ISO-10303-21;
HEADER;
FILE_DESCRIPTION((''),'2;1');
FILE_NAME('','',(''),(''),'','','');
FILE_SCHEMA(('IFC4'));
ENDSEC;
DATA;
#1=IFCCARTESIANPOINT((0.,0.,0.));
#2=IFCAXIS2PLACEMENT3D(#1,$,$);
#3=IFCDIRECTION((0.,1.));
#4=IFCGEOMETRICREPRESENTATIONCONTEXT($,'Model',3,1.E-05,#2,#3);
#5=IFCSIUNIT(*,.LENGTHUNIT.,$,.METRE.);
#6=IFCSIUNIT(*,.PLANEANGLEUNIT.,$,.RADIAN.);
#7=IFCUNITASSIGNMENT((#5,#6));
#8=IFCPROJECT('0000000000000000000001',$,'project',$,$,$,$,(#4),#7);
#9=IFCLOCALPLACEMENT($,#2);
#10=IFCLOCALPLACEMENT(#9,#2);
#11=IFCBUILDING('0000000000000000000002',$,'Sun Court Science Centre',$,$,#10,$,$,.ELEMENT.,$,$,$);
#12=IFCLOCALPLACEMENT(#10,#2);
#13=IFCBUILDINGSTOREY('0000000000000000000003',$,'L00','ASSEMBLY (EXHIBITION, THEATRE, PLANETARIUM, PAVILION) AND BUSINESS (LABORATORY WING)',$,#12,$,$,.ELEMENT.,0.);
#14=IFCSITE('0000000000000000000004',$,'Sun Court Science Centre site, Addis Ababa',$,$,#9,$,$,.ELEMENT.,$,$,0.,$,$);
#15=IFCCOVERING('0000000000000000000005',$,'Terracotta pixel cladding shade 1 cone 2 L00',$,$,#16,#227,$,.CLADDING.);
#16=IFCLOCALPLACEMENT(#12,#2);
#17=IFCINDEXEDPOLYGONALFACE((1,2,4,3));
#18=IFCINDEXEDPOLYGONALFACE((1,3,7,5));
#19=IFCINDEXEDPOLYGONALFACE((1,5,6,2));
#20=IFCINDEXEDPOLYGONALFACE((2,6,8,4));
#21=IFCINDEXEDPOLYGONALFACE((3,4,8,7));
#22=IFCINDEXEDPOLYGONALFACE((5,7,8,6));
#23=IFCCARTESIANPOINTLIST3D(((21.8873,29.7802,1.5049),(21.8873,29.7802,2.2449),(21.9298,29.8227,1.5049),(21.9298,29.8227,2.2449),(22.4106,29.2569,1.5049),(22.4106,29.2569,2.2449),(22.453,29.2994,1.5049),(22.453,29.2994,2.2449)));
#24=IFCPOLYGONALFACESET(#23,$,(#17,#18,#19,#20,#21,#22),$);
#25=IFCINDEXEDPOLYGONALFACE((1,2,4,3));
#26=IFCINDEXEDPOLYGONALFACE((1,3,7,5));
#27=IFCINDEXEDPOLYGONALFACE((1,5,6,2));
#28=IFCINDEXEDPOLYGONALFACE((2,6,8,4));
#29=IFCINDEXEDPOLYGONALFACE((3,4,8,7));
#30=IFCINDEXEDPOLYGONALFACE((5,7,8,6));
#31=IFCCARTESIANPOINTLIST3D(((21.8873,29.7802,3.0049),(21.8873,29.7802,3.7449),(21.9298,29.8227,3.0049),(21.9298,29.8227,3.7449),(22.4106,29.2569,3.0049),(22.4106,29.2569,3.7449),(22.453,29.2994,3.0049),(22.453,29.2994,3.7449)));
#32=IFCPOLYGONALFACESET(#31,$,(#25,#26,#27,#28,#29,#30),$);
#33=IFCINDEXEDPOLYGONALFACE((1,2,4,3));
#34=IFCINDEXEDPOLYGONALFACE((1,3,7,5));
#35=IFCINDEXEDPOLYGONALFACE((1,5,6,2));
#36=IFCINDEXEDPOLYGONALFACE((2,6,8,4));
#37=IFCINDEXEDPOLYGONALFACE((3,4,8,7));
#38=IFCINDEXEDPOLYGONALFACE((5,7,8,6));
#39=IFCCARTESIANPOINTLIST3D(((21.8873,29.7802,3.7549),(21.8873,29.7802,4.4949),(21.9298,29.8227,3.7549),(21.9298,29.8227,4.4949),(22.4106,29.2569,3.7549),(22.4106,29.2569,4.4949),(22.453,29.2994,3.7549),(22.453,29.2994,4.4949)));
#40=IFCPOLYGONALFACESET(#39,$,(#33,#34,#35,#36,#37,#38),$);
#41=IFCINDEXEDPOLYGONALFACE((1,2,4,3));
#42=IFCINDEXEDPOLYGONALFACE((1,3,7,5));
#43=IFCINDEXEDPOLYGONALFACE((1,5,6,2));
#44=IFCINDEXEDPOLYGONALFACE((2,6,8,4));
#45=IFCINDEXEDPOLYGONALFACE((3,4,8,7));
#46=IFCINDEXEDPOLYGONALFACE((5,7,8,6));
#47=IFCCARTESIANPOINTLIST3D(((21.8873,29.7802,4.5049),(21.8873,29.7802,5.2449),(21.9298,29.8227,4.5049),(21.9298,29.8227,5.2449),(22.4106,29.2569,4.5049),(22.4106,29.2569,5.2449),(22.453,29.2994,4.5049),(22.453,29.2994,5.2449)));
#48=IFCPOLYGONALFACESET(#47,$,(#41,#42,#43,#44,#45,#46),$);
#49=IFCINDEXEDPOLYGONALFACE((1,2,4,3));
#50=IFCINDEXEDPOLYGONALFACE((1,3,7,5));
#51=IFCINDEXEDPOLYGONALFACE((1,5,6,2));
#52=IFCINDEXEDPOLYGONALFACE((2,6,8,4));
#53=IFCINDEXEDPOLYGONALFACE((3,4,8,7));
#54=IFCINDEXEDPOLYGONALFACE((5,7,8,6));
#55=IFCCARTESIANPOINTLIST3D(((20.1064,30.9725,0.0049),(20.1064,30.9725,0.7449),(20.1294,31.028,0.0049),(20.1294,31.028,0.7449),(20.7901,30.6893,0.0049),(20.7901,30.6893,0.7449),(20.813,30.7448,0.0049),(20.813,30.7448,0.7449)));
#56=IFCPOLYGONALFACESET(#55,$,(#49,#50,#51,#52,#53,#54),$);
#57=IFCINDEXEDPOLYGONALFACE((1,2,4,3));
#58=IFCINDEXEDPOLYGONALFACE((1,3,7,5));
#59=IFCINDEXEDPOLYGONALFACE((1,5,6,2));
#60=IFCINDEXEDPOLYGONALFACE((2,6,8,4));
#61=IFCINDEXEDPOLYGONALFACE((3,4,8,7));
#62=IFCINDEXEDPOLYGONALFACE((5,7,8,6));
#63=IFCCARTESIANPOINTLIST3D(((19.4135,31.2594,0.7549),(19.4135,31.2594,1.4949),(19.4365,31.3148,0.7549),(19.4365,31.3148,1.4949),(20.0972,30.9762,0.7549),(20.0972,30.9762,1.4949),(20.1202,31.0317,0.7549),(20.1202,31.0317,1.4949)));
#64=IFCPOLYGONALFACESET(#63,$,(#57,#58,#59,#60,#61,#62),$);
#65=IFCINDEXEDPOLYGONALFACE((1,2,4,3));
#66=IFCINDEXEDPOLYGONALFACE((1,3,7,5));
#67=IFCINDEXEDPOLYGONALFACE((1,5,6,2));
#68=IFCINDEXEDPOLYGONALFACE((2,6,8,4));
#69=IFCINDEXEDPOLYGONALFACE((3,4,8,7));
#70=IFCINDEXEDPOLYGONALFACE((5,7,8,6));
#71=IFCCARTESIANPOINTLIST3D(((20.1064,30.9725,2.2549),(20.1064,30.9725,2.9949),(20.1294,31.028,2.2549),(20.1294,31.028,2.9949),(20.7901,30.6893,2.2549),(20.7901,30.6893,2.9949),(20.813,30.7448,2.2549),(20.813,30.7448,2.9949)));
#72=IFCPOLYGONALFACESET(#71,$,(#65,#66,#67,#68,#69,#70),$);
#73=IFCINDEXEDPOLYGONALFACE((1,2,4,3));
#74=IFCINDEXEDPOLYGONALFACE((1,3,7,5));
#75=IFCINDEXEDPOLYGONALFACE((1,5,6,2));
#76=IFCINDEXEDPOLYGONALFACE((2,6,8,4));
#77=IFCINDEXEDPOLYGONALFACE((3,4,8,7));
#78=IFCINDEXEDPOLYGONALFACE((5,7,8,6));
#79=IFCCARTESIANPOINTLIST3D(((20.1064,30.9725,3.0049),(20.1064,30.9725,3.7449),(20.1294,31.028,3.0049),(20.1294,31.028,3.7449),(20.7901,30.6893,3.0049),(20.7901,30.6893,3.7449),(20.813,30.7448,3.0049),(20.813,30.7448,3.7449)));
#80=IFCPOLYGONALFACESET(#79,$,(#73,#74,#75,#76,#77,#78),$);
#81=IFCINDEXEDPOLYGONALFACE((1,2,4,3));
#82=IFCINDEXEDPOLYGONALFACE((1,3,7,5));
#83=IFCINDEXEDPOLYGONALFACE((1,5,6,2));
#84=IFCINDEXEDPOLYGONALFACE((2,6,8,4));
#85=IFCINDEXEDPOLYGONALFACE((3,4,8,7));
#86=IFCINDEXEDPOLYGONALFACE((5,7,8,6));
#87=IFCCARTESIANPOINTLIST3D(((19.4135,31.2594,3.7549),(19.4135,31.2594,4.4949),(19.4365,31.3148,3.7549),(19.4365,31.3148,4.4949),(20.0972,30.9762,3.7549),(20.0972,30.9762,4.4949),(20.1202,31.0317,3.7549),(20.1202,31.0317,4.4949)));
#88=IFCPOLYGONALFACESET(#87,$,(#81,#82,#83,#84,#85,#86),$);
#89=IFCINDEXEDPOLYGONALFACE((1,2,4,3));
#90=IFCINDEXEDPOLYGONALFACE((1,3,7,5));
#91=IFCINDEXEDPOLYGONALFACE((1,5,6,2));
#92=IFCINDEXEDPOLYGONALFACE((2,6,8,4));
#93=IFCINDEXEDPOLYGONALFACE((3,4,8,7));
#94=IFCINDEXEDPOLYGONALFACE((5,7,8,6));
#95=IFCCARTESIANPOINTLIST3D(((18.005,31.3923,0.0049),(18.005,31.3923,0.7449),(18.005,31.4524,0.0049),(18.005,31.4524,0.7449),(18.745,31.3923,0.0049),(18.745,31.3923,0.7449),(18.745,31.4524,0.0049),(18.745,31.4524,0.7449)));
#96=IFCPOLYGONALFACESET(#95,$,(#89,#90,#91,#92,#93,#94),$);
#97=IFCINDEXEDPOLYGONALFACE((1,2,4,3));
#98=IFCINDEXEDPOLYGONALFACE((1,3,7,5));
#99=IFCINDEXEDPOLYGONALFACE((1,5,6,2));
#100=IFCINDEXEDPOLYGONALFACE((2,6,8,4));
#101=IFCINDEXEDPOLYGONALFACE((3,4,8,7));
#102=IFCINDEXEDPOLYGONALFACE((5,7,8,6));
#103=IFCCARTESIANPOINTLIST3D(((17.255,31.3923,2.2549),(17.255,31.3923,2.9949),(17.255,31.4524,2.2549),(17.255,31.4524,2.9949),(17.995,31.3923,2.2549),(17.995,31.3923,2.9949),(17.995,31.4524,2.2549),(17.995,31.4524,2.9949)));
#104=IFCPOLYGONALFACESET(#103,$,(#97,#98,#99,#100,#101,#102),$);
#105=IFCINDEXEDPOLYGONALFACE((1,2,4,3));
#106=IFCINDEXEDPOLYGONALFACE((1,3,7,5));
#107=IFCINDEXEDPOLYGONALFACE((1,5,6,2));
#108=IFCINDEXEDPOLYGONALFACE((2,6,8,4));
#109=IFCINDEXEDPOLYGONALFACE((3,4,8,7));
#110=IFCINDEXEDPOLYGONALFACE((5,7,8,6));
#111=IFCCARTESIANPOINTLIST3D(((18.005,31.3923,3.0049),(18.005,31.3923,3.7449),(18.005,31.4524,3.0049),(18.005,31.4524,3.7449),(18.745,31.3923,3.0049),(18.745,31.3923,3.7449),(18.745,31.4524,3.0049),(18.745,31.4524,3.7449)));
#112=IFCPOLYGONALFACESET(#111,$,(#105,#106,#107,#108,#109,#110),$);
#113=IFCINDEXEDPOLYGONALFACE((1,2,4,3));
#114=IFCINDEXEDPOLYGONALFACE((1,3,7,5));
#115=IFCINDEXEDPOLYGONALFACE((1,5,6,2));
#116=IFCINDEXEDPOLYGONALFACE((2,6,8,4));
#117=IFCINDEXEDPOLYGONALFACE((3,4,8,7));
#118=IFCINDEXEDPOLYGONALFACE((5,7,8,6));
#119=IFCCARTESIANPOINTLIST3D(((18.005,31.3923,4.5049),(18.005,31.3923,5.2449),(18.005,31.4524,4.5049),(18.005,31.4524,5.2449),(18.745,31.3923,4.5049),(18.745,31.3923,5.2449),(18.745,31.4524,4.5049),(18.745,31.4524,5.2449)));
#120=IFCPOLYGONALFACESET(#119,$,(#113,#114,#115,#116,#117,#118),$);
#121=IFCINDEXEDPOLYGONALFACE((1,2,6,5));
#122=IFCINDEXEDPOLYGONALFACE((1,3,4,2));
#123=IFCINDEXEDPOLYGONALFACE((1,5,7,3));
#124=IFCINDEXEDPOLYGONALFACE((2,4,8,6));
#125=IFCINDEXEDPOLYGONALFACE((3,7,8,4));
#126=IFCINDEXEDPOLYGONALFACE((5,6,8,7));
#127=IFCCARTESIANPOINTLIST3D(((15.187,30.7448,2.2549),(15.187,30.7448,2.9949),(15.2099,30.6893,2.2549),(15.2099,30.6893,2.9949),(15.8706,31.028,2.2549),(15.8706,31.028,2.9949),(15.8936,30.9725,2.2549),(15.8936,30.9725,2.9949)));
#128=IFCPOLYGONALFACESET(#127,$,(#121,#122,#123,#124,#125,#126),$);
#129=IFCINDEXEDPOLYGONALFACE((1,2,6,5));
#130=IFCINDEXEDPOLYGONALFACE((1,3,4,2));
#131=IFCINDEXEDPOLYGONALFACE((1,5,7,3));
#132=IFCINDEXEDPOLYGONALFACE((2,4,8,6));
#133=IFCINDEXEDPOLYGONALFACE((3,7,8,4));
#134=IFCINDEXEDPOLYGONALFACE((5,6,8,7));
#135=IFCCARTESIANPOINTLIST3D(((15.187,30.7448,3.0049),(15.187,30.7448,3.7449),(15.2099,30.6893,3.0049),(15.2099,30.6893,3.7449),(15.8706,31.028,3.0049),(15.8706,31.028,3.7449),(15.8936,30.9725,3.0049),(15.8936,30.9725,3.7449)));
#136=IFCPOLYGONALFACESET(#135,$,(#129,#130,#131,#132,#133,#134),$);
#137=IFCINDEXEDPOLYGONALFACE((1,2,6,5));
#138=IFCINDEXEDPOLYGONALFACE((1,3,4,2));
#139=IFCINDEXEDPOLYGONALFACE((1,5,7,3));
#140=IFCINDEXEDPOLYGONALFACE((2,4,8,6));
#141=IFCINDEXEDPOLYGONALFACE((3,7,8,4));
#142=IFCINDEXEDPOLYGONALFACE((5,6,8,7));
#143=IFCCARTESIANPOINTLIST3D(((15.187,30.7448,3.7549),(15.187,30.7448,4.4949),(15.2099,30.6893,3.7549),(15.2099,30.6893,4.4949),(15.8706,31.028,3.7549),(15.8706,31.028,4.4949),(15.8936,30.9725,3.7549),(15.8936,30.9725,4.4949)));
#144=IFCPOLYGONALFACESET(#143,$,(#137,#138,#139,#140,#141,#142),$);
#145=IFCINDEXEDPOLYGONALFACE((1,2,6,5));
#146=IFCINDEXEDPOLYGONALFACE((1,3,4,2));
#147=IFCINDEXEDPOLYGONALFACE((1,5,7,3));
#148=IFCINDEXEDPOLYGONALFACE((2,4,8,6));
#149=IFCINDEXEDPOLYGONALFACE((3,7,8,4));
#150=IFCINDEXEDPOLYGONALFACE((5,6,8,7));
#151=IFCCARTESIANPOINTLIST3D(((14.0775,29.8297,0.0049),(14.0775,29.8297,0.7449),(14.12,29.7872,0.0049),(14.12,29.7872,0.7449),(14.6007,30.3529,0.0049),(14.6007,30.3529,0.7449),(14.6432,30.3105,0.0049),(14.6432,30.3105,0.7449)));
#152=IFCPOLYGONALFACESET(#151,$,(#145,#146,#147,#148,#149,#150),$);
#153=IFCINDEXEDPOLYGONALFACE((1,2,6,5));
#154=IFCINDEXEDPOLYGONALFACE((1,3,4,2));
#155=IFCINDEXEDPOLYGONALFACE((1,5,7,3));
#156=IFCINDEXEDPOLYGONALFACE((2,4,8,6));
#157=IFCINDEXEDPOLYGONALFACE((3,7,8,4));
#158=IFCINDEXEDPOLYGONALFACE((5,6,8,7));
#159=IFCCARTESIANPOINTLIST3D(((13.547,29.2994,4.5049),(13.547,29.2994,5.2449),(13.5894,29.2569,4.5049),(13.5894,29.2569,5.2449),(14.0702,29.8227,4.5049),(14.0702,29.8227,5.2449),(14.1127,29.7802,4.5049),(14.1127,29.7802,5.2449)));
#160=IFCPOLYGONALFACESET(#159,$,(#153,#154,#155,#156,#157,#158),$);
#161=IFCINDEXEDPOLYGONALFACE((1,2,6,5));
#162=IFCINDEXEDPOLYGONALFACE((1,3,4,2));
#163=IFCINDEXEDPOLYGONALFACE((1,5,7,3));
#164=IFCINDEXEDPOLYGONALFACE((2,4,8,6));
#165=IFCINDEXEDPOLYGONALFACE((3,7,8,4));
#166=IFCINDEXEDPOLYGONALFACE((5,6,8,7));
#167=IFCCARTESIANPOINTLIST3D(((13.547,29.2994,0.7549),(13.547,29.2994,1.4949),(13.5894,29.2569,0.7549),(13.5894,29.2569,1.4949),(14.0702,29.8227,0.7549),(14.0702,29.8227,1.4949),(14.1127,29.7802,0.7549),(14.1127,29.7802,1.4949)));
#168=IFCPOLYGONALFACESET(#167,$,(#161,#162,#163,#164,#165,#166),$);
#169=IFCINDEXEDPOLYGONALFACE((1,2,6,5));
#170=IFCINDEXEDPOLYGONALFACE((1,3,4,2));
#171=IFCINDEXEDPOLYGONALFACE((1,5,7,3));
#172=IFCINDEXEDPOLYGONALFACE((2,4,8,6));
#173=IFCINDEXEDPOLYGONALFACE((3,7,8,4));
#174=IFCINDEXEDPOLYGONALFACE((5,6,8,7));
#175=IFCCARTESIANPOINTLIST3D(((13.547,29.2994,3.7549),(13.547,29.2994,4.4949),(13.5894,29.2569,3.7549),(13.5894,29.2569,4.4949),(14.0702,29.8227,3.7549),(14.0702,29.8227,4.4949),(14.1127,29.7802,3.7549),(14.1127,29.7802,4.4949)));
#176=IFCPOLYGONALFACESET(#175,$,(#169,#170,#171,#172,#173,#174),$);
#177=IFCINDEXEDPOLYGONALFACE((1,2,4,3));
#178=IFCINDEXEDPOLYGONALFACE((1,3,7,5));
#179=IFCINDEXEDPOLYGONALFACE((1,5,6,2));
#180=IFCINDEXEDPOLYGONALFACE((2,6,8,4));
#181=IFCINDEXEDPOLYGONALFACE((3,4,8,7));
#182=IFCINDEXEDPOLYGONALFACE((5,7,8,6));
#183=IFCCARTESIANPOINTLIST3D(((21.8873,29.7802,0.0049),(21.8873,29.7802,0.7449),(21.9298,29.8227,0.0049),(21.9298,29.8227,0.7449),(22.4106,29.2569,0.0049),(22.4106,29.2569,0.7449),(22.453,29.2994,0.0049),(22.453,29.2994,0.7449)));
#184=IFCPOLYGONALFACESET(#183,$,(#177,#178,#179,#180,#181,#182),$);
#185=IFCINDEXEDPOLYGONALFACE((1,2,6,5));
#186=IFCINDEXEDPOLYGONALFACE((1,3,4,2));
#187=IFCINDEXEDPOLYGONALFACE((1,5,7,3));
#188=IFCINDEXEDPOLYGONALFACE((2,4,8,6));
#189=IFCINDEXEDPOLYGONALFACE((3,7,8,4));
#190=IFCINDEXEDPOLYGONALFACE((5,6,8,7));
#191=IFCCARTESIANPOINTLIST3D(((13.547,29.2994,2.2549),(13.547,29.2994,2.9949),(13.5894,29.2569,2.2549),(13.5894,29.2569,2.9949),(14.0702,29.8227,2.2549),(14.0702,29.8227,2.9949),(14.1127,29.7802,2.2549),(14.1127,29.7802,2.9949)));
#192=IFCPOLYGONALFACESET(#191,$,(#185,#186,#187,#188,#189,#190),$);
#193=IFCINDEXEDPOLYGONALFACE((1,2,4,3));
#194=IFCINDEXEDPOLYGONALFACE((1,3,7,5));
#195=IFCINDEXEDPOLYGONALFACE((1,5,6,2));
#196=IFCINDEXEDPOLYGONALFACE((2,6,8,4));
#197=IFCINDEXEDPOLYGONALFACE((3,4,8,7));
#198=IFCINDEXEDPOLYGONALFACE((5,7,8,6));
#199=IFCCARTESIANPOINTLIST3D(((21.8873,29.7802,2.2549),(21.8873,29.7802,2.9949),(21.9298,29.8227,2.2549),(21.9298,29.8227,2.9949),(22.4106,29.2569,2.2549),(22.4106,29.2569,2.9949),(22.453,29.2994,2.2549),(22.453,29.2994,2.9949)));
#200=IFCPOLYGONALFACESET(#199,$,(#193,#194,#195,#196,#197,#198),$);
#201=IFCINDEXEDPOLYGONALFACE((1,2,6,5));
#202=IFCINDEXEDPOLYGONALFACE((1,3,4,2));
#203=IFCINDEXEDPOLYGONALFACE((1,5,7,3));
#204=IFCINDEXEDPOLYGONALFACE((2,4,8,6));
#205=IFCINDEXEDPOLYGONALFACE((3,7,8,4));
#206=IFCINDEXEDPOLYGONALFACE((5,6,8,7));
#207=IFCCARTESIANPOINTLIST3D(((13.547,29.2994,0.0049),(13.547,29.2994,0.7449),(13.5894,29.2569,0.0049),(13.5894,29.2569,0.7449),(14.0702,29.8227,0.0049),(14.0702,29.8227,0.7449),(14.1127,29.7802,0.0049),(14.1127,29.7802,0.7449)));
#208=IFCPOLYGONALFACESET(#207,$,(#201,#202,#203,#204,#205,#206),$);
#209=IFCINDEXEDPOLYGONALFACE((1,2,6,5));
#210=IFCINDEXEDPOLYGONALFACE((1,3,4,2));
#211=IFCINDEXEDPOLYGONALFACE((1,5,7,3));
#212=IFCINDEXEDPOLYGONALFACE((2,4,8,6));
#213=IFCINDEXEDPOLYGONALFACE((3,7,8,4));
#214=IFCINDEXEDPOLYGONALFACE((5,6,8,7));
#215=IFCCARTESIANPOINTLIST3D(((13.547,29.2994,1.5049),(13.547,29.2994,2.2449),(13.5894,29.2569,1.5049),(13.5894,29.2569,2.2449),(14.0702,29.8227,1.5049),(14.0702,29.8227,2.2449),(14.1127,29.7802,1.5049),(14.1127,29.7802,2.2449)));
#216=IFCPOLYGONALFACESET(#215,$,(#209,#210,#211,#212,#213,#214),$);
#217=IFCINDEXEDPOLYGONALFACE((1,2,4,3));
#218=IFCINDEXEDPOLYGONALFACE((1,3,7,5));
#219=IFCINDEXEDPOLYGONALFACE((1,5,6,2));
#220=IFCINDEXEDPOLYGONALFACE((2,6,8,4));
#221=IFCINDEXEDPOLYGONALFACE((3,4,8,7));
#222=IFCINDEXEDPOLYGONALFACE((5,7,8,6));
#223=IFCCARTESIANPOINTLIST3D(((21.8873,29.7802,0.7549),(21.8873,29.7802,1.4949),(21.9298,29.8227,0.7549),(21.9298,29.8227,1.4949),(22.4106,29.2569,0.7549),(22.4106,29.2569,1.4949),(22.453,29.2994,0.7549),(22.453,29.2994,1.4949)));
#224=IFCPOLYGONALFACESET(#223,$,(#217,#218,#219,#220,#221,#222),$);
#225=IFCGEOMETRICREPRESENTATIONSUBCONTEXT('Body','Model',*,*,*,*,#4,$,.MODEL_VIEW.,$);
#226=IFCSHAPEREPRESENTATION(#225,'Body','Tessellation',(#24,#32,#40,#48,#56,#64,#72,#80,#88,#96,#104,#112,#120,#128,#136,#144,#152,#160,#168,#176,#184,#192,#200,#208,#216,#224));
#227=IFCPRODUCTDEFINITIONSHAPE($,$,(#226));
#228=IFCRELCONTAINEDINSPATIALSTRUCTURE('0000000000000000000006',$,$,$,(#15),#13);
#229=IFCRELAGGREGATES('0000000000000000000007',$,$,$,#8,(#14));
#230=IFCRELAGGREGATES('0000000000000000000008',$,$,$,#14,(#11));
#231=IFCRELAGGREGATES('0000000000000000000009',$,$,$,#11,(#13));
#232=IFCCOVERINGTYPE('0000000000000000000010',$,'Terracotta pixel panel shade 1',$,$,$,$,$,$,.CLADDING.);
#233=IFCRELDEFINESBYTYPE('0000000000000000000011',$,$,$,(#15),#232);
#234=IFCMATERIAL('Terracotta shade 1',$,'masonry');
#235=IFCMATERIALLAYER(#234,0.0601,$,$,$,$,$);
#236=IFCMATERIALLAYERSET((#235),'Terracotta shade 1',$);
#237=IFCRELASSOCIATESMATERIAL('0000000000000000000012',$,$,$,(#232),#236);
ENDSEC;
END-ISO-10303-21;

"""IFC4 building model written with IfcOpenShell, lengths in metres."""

from ifc_helpers import new_model, si_unit, direction, frame, origin, origin_2d, place, context, subcontext, project, spatial, rectangle, extrude, material, layer, layer_set, type_object, element, save


model = new_model("IFC4")

# Units and contexts
model_context = context("Model", 3, precision=1e-05, world=origin(), true_north=direction((0.0, 1.0)))
body_context = subcontext(model_context, "Body", "Model", "MODEL_VIEW")
ifc_project = project(units=[si_unit("LENGTHUNIT", "METRE"), si_unit("PLANEANGLEUNIT", "RADIAN")], contexts=[model_context])

# Site, building, storey
site_placement = place(None, origin())
site = spatial("IfcSite", under=ifc_project, at=site_placement, Name="Sun Court Science Centre site, Addis Ababa", CompositionType="ELEMENT", RefElevation=0.0)
building_placement = place(site_placement, origin())
building = spatial("IfcBuilding", under=site, at=building_placement, Name="Sun Court Science Centre", CompositionType="ELEMENT")
storey_placement = place(building_placement, origin())
storey = spatial("IfcBuildingStorey", under=building, at=storey_placement, Name="L00", Description="ASSEMBLY (EXHIBITION, THEATRE, PLANETARIUM, PAVILION) AND BUSINESS (LABORATORY WING)", CompositionType="ELEMENT", Elevation=0.0)

# Covering
ifc_material_1 = material(Name="Terracotta shade 1", Category="masonry")
ifc_layer_1 = layer(ifc_material_1, 0.0601)
ifc_layer_set_1 = layer_set([ifc_layer_1], Name="Terracotta shade 1")
covering_type_1 = type_object("IfcCoveringType", Name="Terracotta pixel panel shade 1", PredefinedType="CLADDING", material=ifc_layer_set_1)
covering_1_placement = place(storey_placement, origin())
element("IfcCovering", 1, at=covering_1_placement, inside=storey, type_object=covering_type_1, Name="Terracotta pixel cladding shade 1 cone 2 L00", PredefinedType="CLADDING", context=body_context, shape_type="SweptSolid", body=[
    extrude(rectangle(XDim=0.74, YDim=0.0601, at=origin_2d()), frame((22.1702, 29.5398, 1.5049), z_axis=(0.0, 0.0, 1.0), x_axis=(0.707107, -0.707107, 0.0)), (0.0, 0.0, 1.0), 0.74),
    extrude(rectangle(XDim=0.74, YDim=0.0601, at=origin_2d()), frame((22.1702, 29.5398, 3.0049), z_axis=(0.0, 0.0, 1.0), x_axis=(0.707107, -0.707107, 0.0)), (0.0, 0.0, 1.0), 0.74),
    extrude(rectangle(XDim=0.74, YDim=0.0601, at=origin_2d()), frame((22.1702, 29.5398, 3.7549), z_axis=(0.0, 0.0, 1.0), x_axis=(0.707107, -0.707107, 0.0)), (0.0, 0.0, 1.0), 0.74),
    extrude(rectangle(XDim=0.74, YDim=0.0601, at=origin_2d()), frame((22.1702, 29.5398, 4.5049), z_axis=(0.0, 0.0, 1.0), x_axis=(0.707107, -0.707107, 0.0)), (0.0, 0.0, 1.0), 0.74),
    extrude(rectangle(XDim=0.74, YDim=0.0601, at=origin_2d()), frame((20.4597, 30.8586, 0.0049), z_axis=(0.0, 0.0, 1.0), x_axis=(0.92388, -0.382683, 0.0)), (0.0, 0.0, 1.0), 0.74),
    extrude(rectangle(XDim=0.74, YDim=0.0601, at=origin_2d()), frame((19.7668, 31.1455, 0.7549), z_axis=(0.0, 0.0, 1.0), x_axis=(0.92388, -0.382683, 0.0)), (0.0, 0.0, 1.0), 0.74),
    extrude(rectangle(XDim=0.74, YDim=0.0601, at=origin_2d()), frame((20.4597, 30.8586, 2.2549), z_axis=(0.0, 0.0, 1.0), x_axis=(0.92388, -0.382683, 0.0)), (0.0, 0.0, 1.0), 0.74),
    extrude(rectangle(XDim=0.74, YDim=0.0601, at=origin_2d()), frame((20.4597, 30.8586, 3.0049), z_axis=(0.0, 0.0, 1.0), x_axis=(0.92388, -0.382683, 0.0)), (0.0, 0.0, 1.0), 0.74),
    extrude(rectangle(XDim=0.74, YDim=0.0601, at=origin_2d()), frame((19.7668, 31.1455, 3.7549), z_axis=(0.0, 0.0, 1.0), x_axis=(0.92388, -0.382683, 0.0)), (0.0, 0.0, 1.0), 0.74),
    extrude(rectangle(XDim=0.74, YDim=0.0601, at=origin_2d()), frame((18.375, 31.4224, 0.0049), z_axis=(0.0, 0.0, 1.0), x_axis=(1.0, 0.0, 0.0)), (0.0, 0.0, 1.0), 0.74),
    extrude(rectangle(XDim=0.74, YDim=0.0601, at=origin_2d()), frame((17.625, 31.4224, 2.2549), z_axis=(0.0, 0.0, 1.0), x_axis=(1.0, 0.0, 0.0)), (0.0, 0.0, 1.0), 0.74),
    extrude(rectangle(XDim=0.74, YDim=0.0601, at=origin_2d()), frame((18.375, 31.4224, 3.0049), z_axis=(0.0, 0.0, 1.0), x_axis=(1.0, 0.0, 0.0)), (0.0, 0.0, 1.0), 0.74),
    extrude(rectangle(XDim=0.74, YDim=0.0601, at=origin_2d()), frame((18.375, 31.4224, 4.5049), z_axis=(0.0, 0.0, 1.0), x_axis=(1.0, 0.0, 0.0)), (0.0, 0.0, 1.0), 0.74),
    extrude(rectangle(XDim=0.74, YDim=0.0601, at=origin_2d()), frame((15.5403, 30.8586, 2.2549), z_axis=(0.0, 0.0, 1.0), x_axis=(0.92388, 0.382683, 0.0)), (0.0, 0.0, 1.0), 0.74),
    extrude(rectangle(XDim=0.74, YDim=0.0601, at=origin_2d()), frame((15.5403, 30.8586, 3.0049), z_axis=(0.0, 0.0, 1.0), x_axis=(0.92388, 0.382683, 0.0)), (0.0, 0.0, 1.0), 0.74),
    extrude(rectangle(XDim=0.74, YDim=0.0601, at=origin_2d()), frame((15.5403, 30.8586, 3.7549), z_axis=(0.0, 0.0, 1.0), x_axis=(0.92388, 0.382683, 0.0)), (0.0, 0.0, 1.0), 0.74),
    extrude(rectangle(XDim=0.74, YDim=0.0601, at=origin_2d()), frame((14.3604, 30.0701, 0.0049), z_axis=(0.0, 0.0, 1.0), x_axis=(0.707107, 0.707107, 0.0)), (0.0, 0.0, 1.0), 0.74),
    extrude(rectangle(XDim=0.74, YDim=0.0601, at=origin_2d()), frame((13.8298, 29.5398, 4.5049), z_axis=(0.0, 0.0, 1.0), x_axis=(0.707107, 0.707107, 0.0)), (0.0, 0.0, 1.0), 0.74),
    extrude(rectangle(XDim=0.74, YDim=0.0601, at=origin_2d()), frame((13.8298, 29.5398, 0.7549), z_axis=(0.0, 0.0, 1.0), x_axis=(0.707107, 0.707107, 0.0)), (0.0, 0.0, 1.0), 0.74),
    extrude(rectangle(XDim=0.74, YDim=0.0601, at=origin_2d()), frame((13.8298, 29.5398, 3.7549), z_axis=(0.0, 0.0, 1.0), x_axis=(0.707107, 0.707107, 0.0)), (0.0, 0.0, 1.0), 0.74),
    extrude(rectangle(XDim=0.74, YDim=0.0601, at=origin_2d()), frame((22.1702, 29.5398, 0.0049), z_axis=(0.0, 0.0, 1.0), x_axis=(0.707107, -0.707107, 0.0)), (0.0, 0.0, 1.0), 0.74),
    extrude(rectangle(XDim=0.74, YDim=0.0601, at=origin_2d()), frame((13.8298, 29.5398, 2.2549), z_axis=(0.0, 0.0, 1.0), x_axis=(0.707107, 0.707107, 0.0)), (0.0, 0.0, 1.0), 0.74),
    extrude(rectangle(XDim=0.74, YDim=0.0601, at=origin_2d()), frame((22.1702, 29.5398, 2.2549), z_axis=(0.0, 0.0, 1.0), x_axis=(0.707107, -0.707107, 0.0)), (0.0, 0.0, 1.0), 0.74),
    extrude(rectangle(XDim=0.74, YDim=0.0601, at=origin_2d()), frame((13.8298, 29.5398, 0.0049), z_axis=(0.0, 0.0, 1.0), x_axis=(0.707107, 0.707107, 0.0)), (0.0, 0.0, 1.0), 0.74),
    extrude(rectangle(XDim=0.74, YDim=0.0601, at=origin_2d()), frame((13.8298, 29.5398, 1.5049), z_axis=(0.0, 0.0, 1.0), x_axis=(0.707107, 0.707107, 0.0)), (0.0, 0.0, 1.0), 0.74),
    extrude(rectangle(XDim=0.74, YDim=0.0601, at=origin_2d()), frame((22.1702, 29.5398, 0.7549), z_axis=(0.0, 0.0, 1.0), x_axis=(0.707107, -0.707107, 0.0)), (0.0, 0.0, 1.0), 0.74),
])

save(model, "model.ifc")
